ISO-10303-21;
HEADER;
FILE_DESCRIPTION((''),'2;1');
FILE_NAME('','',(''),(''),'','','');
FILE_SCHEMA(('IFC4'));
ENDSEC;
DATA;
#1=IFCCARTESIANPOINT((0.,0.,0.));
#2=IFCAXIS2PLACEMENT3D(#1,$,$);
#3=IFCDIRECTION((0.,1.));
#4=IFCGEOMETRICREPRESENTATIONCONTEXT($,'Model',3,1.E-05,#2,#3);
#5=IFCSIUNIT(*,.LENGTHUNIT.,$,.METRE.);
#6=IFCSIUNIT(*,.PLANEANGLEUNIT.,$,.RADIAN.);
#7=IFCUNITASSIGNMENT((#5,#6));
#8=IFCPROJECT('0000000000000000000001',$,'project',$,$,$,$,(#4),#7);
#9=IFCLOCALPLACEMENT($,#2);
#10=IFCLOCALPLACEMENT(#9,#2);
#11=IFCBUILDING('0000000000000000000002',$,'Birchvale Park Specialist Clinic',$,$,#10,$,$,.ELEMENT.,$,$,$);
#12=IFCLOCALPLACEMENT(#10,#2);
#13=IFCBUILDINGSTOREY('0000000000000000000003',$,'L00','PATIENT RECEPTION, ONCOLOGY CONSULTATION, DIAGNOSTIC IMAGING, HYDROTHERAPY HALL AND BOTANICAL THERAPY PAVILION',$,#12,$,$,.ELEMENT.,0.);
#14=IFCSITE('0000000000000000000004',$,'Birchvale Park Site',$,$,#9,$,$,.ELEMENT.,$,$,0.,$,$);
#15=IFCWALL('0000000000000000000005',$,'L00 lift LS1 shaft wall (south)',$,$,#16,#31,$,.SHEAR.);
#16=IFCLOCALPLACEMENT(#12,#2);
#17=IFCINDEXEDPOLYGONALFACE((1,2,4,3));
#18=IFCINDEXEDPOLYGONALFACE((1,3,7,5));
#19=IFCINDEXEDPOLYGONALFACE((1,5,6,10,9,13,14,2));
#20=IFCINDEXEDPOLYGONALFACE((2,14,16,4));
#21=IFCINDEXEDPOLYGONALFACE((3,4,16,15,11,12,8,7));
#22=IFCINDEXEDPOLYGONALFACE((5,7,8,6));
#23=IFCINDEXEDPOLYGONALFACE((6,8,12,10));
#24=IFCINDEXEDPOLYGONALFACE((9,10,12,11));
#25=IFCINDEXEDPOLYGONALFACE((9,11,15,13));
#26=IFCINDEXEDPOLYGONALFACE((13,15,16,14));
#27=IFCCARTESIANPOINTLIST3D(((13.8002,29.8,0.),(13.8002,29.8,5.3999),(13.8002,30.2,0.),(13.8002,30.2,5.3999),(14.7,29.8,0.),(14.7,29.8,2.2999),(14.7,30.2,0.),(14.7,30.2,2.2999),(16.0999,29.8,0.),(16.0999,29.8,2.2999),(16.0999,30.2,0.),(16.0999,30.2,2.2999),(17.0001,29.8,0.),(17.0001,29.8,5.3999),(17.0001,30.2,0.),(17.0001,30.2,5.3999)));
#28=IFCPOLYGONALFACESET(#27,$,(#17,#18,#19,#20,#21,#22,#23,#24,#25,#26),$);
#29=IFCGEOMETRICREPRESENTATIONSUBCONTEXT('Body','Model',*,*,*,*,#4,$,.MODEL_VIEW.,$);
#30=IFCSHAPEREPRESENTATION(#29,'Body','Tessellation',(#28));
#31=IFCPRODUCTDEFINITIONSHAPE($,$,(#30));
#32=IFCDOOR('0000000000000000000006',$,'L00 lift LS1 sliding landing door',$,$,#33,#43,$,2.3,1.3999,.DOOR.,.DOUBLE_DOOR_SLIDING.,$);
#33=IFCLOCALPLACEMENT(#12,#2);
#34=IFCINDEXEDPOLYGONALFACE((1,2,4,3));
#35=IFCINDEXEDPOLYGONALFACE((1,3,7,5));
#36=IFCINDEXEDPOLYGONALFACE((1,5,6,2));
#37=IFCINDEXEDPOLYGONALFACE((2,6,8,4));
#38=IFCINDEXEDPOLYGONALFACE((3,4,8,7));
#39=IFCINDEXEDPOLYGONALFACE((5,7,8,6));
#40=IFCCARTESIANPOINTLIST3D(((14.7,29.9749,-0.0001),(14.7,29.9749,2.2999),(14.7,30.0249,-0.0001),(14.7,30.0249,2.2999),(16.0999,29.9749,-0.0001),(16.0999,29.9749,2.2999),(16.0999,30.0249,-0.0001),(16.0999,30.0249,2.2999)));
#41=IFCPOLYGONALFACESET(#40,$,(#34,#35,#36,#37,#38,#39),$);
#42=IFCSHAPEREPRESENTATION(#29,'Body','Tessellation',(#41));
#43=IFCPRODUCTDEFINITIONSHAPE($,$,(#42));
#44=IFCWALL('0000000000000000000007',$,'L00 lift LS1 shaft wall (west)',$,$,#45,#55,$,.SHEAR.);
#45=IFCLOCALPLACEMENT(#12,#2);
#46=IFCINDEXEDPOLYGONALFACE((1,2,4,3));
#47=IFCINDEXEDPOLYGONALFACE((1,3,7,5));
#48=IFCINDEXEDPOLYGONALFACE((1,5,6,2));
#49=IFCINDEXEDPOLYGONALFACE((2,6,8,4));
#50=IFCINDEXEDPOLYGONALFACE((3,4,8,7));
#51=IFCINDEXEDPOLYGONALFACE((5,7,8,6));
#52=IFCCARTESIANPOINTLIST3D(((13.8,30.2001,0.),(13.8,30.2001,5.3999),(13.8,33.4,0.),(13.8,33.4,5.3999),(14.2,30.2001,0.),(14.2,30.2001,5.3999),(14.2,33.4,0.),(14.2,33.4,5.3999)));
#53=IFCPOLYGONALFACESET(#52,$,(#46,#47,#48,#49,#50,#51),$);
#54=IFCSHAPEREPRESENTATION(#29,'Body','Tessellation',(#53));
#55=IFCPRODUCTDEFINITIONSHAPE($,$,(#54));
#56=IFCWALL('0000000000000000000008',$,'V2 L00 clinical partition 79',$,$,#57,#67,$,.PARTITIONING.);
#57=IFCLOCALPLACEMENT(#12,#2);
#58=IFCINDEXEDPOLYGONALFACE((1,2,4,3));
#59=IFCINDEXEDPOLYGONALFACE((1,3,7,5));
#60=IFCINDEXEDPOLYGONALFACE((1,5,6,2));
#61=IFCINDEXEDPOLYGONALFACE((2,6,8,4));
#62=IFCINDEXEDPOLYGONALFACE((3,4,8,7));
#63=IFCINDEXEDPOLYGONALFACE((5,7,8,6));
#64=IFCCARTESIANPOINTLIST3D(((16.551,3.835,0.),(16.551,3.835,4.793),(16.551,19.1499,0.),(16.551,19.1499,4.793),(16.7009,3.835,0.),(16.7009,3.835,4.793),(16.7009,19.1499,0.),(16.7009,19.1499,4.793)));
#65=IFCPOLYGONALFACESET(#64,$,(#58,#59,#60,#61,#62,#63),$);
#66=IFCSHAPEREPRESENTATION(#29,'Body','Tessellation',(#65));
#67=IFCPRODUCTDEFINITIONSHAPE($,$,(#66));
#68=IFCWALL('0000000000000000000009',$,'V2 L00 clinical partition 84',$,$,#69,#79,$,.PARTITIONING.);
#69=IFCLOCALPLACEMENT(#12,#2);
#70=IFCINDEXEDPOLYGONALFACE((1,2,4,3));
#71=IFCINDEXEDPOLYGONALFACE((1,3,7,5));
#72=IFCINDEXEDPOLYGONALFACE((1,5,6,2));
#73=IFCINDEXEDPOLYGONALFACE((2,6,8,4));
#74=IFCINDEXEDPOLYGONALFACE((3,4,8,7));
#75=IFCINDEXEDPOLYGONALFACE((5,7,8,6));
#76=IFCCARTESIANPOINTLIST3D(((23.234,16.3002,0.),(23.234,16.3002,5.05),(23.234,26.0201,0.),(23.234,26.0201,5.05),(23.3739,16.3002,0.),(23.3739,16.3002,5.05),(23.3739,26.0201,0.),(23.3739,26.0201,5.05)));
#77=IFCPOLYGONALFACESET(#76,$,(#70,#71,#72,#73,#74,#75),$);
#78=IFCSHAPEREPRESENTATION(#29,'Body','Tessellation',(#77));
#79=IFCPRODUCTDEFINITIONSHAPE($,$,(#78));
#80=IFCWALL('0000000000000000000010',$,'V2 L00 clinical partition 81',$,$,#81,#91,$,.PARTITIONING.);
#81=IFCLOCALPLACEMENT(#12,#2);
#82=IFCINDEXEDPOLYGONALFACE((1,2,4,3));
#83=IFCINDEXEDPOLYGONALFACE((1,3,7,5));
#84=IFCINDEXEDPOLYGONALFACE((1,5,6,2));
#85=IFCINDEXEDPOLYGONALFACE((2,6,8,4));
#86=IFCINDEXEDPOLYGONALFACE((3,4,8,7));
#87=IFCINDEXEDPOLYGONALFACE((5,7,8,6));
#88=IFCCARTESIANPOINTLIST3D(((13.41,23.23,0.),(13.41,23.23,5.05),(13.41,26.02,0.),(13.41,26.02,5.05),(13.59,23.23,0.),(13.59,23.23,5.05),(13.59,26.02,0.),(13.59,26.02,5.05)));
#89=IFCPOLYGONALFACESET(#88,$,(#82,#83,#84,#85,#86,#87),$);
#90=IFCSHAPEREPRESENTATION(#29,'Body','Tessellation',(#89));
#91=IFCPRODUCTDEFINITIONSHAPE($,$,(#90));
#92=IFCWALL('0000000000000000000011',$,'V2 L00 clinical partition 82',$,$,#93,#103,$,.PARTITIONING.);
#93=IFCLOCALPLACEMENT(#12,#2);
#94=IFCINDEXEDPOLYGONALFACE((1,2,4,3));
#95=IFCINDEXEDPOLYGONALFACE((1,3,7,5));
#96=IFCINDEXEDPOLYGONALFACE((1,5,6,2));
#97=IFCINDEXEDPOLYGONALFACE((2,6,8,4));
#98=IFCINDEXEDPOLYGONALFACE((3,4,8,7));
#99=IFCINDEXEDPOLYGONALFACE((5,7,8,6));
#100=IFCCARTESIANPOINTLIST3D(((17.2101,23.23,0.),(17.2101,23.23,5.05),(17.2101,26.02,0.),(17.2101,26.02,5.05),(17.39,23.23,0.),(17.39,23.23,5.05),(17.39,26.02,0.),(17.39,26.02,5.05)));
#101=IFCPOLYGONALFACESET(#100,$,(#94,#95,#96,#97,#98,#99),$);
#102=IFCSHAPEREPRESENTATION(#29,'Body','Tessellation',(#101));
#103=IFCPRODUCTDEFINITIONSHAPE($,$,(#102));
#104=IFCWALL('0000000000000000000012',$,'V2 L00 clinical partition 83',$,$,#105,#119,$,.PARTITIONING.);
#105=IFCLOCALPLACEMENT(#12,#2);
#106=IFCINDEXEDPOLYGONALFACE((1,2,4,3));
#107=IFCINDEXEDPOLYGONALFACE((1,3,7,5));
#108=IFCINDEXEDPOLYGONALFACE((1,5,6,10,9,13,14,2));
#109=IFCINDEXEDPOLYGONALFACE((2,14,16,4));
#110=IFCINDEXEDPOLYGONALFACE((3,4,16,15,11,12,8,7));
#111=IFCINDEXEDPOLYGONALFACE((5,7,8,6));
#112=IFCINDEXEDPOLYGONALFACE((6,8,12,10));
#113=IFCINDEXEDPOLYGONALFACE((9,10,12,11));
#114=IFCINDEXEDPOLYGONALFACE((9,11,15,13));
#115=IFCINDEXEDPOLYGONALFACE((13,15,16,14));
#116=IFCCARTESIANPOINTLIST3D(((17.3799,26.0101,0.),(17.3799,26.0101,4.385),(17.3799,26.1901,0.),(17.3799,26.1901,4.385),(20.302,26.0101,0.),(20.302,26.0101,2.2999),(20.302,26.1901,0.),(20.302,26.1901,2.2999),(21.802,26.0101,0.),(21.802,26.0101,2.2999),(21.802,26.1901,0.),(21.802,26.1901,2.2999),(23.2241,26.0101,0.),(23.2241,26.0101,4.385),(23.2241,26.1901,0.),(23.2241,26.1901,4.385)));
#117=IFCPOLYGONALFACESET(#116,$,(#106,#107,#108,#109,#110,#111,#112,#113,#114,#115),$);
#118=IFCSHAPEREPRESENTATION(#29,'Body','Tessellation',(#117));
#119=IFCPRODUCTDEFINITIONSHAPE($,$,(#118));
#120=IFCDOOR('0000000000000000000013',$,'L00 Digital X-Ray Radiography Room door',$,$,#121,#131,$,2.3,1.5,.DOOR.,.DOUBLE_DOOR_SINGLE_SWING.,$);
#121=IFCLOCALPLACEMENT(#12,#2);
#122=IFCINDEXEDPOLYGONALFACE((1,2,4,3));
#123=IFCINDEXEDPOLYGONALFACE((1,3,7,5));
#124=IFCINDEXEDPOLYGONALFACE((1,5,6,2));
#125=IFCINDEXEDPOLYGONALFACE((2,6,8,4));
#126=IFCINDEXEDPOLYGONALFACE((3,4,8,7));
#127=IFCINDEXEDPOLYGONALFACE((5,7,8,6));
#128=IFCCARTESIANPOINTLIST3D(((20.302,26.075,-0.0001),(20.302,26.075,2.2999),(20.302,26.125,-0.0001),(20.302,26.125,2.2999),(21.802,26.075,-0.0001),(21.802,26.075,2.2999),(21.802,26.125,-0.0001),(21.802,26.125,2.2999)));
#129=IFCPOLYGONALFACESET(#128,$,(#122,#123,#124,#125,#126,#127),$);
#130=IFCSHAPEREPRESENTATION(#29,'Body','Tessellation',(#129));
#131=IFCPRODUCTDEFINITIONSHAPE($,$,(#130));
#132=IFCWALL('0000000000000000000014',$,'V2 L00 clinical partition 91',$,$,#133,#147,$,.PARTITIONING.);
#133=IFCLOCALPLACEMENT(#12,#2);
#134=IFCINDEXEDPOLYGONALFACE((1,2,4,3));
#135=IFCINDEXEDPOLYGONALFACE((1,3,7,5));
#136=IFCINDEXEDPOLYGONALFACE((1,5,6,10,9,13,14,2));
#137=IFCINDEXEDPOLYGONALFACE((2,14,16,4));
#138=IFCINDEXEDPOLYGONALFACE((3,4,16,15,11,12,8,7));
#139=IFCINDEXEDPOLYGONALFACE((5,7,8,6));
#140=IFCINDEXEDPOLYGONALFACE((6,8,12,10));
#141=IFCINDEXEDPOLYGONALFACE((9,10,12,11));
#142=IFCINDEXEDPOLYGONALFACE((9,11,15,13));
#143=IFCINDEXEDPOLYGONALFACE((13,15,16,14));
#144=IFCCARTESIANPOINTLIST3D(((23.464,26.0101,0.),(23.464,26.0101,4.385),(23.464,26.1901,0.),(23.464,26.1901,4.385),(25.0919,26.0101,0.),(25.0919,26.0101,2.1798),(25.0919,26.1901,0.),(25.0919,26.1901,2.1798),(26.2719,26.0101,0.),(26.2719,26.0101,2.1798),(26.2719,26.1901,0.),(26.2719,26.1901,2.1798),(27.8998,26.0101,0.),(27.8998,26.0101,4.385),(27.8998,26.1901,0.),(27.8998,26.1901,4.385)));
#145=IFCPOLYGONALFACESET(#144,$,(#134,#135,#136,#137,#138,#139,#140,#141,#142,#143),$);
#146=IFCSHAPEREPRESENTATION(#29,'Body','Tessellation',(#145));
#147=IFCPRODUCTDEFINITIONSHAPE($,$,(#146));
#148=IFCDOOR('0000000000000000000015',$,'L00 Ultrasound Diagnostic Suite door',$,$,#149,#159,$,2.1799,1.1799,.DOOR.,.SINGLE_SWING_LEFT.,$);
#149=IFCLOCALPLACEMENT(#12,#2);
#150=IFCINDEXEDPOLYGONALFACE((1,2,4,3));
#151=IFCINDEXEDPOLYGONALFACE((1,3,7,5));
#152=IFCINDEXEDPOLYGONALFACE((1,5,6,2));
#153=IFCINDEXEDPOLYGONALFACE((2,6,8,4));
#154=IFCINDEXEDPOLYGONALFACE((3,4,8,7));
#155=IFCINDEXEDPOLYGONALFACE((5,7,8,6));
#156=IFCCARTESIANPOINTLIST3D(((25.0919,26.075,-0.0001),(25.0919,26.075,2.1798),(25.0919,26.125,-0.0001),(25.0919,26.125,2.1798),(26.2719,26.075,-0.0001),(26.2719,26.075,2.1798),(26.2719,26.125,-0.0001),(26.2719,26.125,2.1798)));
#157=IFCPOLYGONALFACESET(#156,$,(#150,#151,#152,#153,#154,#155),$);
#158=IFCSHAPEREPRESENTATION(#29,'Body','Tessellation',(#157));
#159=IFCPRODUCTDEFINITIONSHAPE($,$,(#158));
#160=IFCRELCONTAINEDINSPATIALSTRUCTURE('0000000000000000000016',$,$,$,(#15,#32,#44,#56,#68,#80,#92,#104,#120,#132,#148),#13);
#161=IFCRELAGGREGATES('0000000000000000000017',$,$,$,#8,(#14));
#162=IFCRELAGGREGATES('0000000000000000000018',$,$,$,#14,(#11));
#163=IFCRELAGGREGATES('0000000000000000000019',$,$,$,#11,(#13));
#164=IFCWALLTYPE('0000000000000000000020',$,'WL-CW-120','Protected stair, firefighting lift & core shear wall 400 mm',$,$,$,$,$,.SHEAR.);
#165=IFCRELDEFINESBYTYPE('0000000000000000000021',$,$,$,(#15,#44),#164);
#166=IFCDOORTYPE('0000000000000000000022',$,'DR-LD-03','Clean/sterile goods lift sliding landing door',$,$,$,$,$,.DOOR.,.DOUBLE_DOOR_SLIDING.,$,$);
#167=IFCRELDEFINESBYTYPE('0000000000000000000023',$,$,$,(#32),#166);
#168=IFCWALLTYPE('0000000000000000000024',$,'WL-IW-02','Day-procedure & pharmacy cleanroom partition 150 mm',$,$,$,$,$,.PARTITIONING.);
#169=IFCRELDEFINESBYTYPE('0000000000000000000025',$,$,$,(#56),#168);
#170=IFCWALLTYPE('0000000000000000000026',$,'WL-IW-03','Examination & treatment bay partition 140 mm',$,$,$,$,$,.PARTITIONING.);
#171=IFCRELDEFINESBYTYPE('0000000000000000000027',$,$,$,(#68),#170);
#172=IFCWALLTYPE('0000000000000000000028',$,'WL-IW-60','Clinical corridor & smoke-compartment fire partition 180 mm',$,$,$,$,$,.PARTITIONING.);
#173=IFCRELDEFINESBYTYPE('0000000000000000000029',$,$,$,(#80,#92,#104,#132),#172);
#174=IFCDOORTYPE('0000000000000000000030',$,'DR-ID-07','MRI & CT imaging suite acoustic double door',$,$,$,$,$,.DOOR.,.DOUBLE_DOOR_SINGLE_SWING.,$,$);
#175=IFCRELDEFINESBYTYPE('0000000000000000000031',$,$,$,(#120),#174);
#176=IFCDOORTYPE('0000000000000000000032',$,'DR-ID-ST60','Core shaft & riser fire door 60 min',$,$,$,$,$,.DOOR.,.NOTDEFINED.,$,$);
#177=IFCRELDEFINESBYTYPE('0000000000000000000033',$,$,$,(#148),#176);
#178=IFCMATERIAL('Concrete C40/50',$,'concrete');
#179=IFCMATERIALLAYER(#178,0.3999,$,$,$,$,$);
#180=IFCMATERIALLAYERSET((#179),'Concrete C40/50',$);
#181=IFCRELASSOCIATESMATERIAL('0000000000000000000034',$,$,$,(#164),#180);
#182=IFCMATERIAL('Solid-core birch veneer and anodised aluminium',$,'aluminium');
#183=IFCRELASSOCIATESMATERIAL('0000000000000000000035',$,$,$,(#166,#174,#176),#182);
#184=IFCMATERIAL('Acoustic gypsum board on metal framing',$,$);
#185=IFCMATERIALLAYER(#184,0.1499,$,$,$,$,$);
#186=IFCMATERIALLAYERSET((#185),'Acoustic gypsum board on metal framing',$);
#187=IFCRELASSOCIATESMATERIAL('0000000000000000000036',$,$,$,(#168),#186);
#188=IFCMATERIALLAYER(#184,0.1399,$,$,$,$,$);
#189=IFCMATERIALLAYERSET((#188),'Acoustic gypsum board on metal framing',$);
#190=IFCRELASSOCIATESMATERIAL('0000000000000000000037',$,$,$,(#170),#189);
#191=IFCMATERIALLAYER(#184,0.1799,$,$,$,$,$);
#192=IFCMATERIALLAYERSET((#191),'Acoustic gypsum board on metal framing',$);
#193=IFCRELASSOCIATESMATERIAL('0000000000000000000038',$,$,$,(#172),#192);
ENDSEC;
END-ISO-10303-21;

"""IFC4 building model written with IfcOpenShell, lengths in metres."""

from ifc_helpers import new_model, si_unit, direction, frame, frame_2d, origin, place, context, subcontext, project, spatial, rectangle, extrude, material, layer, layer_set, type_object, element, fill, save


model = new_model("IFC4")

# Units and contexts
model_context = context("Model", 3, precision=1e-05, world=origin(), true_north=direction((0.0, 1.0)))
body_context = subcontext(model_context, "Body", "Model", "MODEL_VIEW")
ifc_project = project(units=[si_unit("LENGTHUNIT", "METRE"), si_unit("PLANEANGLEUNIT", "RADIAN")], contexts=[model_context])

# Site, building, storey
site_placement = place(None, origin())
site = spatial("IfcSite", under=ifc_project, at=site_placement, Name="Birchvale Park Site", CompositionType="ELEMENT", RefElevation=0.0)
building_placement = place(site_placement, origin())
building = spatial("IfcBuilding", under=site, at=building_placement, Name="Birchvale Park Specialist Clinic", CompositionType="ELEMENT")
storey_placement = place(building_placement, origin())
storey = spatial("IfcBuildingStorey", under=building, at=storey_placement, Name="L00", Description="PATIENT RECEPTION, ONCOLOGY CONSULTATION, DIAGNOSTIC IMAGING, HYDROTHERAPY HALL AND BOTANICAL THERAPY PAVILION", CompositionType="ELEMENT", Elevation=0.0)

# Shared definitions
ifc_material_1 = material(Name="Concrete C40/50", Category="concrete")

# Shared definitions
ifc_layer_1 = layer(ifc_material_1, 0.3999)
ifc_layer_set_1 = layer_set([ifc_layer_1], Name="Concrete C40/50")
wall_type_1 = type_object("IfcWallType", Name="WL-CW-120", Description="Protected stair, firefighting lift & core shear wall 400 mm", PredefinedType="SHEAR", material=ifc_layer_set_1)

# Shared definitions
ifc_material_2 = material(Name="Solid-core birch veneer and anodised aluminium", Category="aluminium")

# Wall, opening, door
wall_1_placement = place(storey_placement, frame((13.8, 30.0, 0.0), z_axis=(0.0, 0.0, 1.0), x_axis=(1.0, 0.0, 0.0)))
wall_1 = element("IfcWall", 1, at=wall_1_placement, inside=storey, type_object=wall_type_1, Name="L00 lift LS1 shaft wall (south)", PredefinedType="SHEAR", context=body_context, shape_type="SweptSolid", body=[
    extrude(rectangle(XDim=3.2, YDim=0.3999, at=frame_2d((1.6001, 0.0))), origin(), (0.0, 0.0, 1.0), 5.3999),
])
opening_1_placement = place(wall_1_placement, frame((0.8999, 0.0, 0.0)))
opening_1 = element("IfcOpeningElement", 2, at=opening_1_placement, cuts=wall_1, PredefinedType="OPENING", context=body_context, shape_type="SweptSolid", body=[
    extrude(rectangle(XDim=1.3999, YDim=2.3, at=frame_2d((0.7, 1.1499))), frame((0.0, 0.21, 0.0), z_axis=(0.0, -1.0, 0.0), x_axis=(1.0, 0.0, 0.0)), (0.0, 0.0, 1.0), 0.4199),
])
door_type_1 = type_object("IfcDoorType", Name="DR-LD-03", Description="Clean/sterile goods lift sliding landing door", OperationType="DOUBLE_DOOR_SLIDING", PredefinedType="DOOR", material=ifc_material_2)
door_1_placement = place(opening_1_placement, origin())
door_1 = element("IfcDoor", 3, at=door_1_placement, inside=storey, type_object=door_type_1, Name="L00 lift LS1 sliding landing door", OperationType="DOUBLE_DOOR_SLIDING", OverallHeight=2.3, OverallWidth=1.3999, PredefinedType="DOOR", context=body_context, shape_type="SweptSolid", body=[
    extrude(rectangle(XDim=1.3999, YDim=2.3, at=frame_2d((0.7, 1.1499))), frame((0.0, 0.0249, 0.0), z_axis=(0.0, -1.0, 0.0), x_axis=(1.0, 0.0, 0.0)), (0.0, 0.0, 1.0), 0.05),
])
fill(opening_1, door_1)

# Walls
wall_2_placement = place(storey_placement, frame((14.0, 30.2, 0.0), z_axis=(0.0, 0.0, 1.0), x_axis=(0.0, 1.0, 0.0)))
element("IfcWall", 4, at=wall_2_placement, inside=storey, type_object=wall_type_1, Name="L00 lift LS1 shaft wall (west)", PredefinedType="SHEAR", context=body_context, shape_type="SweptSolid", body=[
    extrude(rectangle(XDim=3.2, YDim=0.3999, at=frame_2d((1.6001, 0.0))), origin(), (0.0, 0.0, 1.0), 5.3999),
])
ifc_material_3 = material(Name="Acoustic gypsum board on metal framing")
ifc_layer_2 = layer(ifc_material_3, 0.1499)
ifc_layer_set_2 = layer_set([ifc_layer_2], Name="Acoustic gypsum board on metal framing")
wall_type_2 = type_object("IfcWallType", Name="WL-IW-02", Description="Day-procedure & pharmacy cleanroom partition 150 mm", PredefinedType="PARTITIONING", material=ifc_layer_set_2)
wall_3_placement = place(storey_placement, frame((16.626, 19.1499, 0.0), z_axis=(0.0, 0.0, 1.0), x_axis=(0.0, -1.0, 0.0)))
element("IfcWall", 5, at=wall_3_placement, inside=storey, type_object=wall_type_2, Name="V2 L00 clinical partition 79", PredefinedType="PARTITIONING", context=body_context, shape_type="SweptSolid", body=[
    extrude(rectangle(XDim=15.3149, YDim=0.1499, at=frame_2d((7.6575, 0.0))), origin(), (0.0, 0.0, 1.0), 4.793),
])
ifc_layer_3 = layer(ifc_material_3, 0.1399)
ifc_layer_set_3 = layer_set([ifc_layer_3], Name="Acoustic gypsum board on metal framing")
wall_type_3 = type_object("IfcWallType", Name="WL-IW-03", Description="Examination & treatment bay partition 140 mm", PredefinedType="PARTITIONING", material=ifc_layer_set_3)
wall_4_placement = place(storey_placement, frame((23.304, 26.02, 0.0), z_axis=(0.0, 0.0, 1.0), x_axis=(0.0, -1.0, 0.0)))
element("IfcWall", 6, at=wall_4_placement, inside=storey, type_object=wall_type_3, Name="V2 L00 clinical partition 84", PredefinedType="PARTITIONING", context=body_context, shape_type="SweptSolid", body=[
    extrude(rectangle(XDim=9.72, YDim=0.1399, at=frame_2d((4.8599, 0.0))), origin(), (0.0, 0.0, 1.0), 5.05),
])
ifc_layer_4 = layer(ifc_material_3, 0.1799)
ifc_layer_set_4 = layer_set([ifc_layer_4], Name="Acoustic gypsum board on metal framing")
wall_type_4 = type_object("IfcWallType", Name="WL-IW-60", Description="Clinical corridor & smoke-compartment fire partition 180 mm", PredefinedType="PARTITIONING", material=ifc_layer_set_4)
for number, where, z_axis, x_axis, name in (
    (7, (13.5, 26.02, 0.0), (0.0, 0.0, 1.0), (0.0, -1.0, 0.0), "V2 L00 clinical partition 81"),
    (8, (17.3, 23.23, 0.0), (0.0, 0.0, 1.0), (0.0, 1.0, 0.0), "V2 L00 clinical partition 82"),
):
    element("IfcWall", number, at=place(storey_placement, frame(where, z_axis=z_axis, x_axis=x_axis)), inside=storey, type_object=wall_type_4, Name=name, PredefinedType="PARTITIONING", context=body_context, shape_type="SweptSolid", body=[
        extrude(rectangle(XDim=2.79, YDim=0.1799, at=frame_2d((1.395, 0.0))), origin(), (0.0, 0.0, 1.0), 5.05),
    ])

# Walls, openings, doors
wall_5_placement = place(storey_placement, frame((17.3799, 26.1001, 0.0), z_axis=(0.0, 0.0, 1.0), x_axis=(1.0, 0.0, 0.0)))
wall_5 = element("IfcWall", 9, at=wall_5_placement, inside=storey, type_object=wall_type_4, Name="V2 L00 clinical partition 83", PredefinedType="PARTITIONING", context=body_context, shape_type="SweptSolid", body=[
    extrude(rectangle(XDim=5.8442, YDim=0.1799, at=frame_2d((2.9221, 0.0))), origin(), (0.0, 0.0, 1.0), 4.385),
])
opening_2_placement = place(wall_5_placement, frame((2.9221, 0.0, 0.0)))
opening_2 = element("IfcOpeningElement", 10, at=opening_2_placement, cuts=wall_5, PredefinedType="OPENING", context=body_context, shape_type="SweptSolid", body=[
    extrude(rectangle(XDim=1.5, YDim=2.3, at=frame_2d((0.75, 1.1499))), frame((0.0, 0.1001, 0.0), z_axis=(0.0, -1.0, 0.0), x_axis=(1.0, 0.0, 0.0)), (0.0, 0.0, 1.0), 0.2),
])
door_type_2 = type_object("IfcDoorType", Name="DR-ID-07", Description="MRI & CT imaging suite acoustic double door", OperationType="DOUBLE_DOOR_SINGLE_SWING", PredefinedType="DOOR", material=ifc_material_2)
door_2_placement = place(opening_2_placement, origin())
door_2 = element("IfcDoor", 11, at=door_2_placement, inside=storey, type_object=door_type_2, Name="L00 Digital X-Ray Radiography Room door", OperationType="DOUBLE_DOOR_SINGLE_SWING", OverallHeight=2.3, OverallWidth=1.5, PredefinedType="DOOR", context=body_context, shape_type="SweptSolid", body=[
    extrude(rectangle(XDim=1.5, YDim=2.3, at=frame_2d((0.75, 1.1499))), frame((0.0, 0.0249, 0.0), z_axis=(0.0, -1.0, 0.0), x_axis=(1.0, 0.0, 0.0)), (0.0, 0.0, 1.0), 0.05),
])
fill(opening_2, door_2)
wall_6_placement = place(storey_placement, frame((23.4641, 26.1001, 0.0), z_axis=(0.0, 0.0, 1.0), x_axis=(1.0, 0.0, 0.0)))
wall_6 = element("IfcWall", 12, at=wall_6_placement, inside=storey, type_object=wall_type_4, Name="V2 L00 clinical partition 91", PredefinedType="PARTITIONING", context=body_context, shape_type="SweptSolid", body=[
    extrude(rectangle(XDim=4.4358, YDim=0.1799, at=frame_2d((2.2178, 0.0))), origin(), (0.0, 0.0, 1.0), 4.385),
])
opening_3_placement = place(wall_6_placement, frame((1.6279, 0.0, 0.0)))
opening_3 = element("IfcOpeningElement", 13, at=opening_3_placement, cuts=wall_6, PredefinedType="OPENING", context=body_context, shape_type="SweptSolid", body=[
    extrude(rectangle(XDim=1.1799, YDim=2.1799, at=frame_2d((0.5898, 1.0898))), frame((0.0, 0.1001, 0.0), z_axis=(0.0, -1.0, 0.0), x_axis=(1.0, 0.0, 0.0)), (0.0, 0.0, 1.0), 0.2),
])
door_type_3 = type_object("IfcDoorType", Name="DR-ID-ST60", Description="Core shaft & riser fire door 60 min", OperationType="NOTDEFINED", PredefinedType="DOOR", material=ifc_material_2)
door_3_placement = place(opening_3_placement, origin())
door_3 = element("IfcDoor", 14, at=door_3_placement, inside=storey, type_object=door_type_3, Name="L00 Ultrasound Diagnostic Suite door", OperationType="SINGLE_SWING_LEFT", OverallHeight=2.1799, OverallWidth=1.1799, PredefinedType="DOOR", context=body_context, shape_type="SweptSolid", body=[
    extrude(rectangle(XDim=1.1799, YDim=2.1799, at=frame_2d((0.5898, 1.0898))), frame((0.0, 0.0249, 0.0), z_axis=(0.0, -1.0, 0.0), x_axis=(1.0, 0.0, 0.0)), (0.0, 0.0, 1.0), 0.05),
])
fill(opening_3, door_3)

save(model, "model.ifc")
